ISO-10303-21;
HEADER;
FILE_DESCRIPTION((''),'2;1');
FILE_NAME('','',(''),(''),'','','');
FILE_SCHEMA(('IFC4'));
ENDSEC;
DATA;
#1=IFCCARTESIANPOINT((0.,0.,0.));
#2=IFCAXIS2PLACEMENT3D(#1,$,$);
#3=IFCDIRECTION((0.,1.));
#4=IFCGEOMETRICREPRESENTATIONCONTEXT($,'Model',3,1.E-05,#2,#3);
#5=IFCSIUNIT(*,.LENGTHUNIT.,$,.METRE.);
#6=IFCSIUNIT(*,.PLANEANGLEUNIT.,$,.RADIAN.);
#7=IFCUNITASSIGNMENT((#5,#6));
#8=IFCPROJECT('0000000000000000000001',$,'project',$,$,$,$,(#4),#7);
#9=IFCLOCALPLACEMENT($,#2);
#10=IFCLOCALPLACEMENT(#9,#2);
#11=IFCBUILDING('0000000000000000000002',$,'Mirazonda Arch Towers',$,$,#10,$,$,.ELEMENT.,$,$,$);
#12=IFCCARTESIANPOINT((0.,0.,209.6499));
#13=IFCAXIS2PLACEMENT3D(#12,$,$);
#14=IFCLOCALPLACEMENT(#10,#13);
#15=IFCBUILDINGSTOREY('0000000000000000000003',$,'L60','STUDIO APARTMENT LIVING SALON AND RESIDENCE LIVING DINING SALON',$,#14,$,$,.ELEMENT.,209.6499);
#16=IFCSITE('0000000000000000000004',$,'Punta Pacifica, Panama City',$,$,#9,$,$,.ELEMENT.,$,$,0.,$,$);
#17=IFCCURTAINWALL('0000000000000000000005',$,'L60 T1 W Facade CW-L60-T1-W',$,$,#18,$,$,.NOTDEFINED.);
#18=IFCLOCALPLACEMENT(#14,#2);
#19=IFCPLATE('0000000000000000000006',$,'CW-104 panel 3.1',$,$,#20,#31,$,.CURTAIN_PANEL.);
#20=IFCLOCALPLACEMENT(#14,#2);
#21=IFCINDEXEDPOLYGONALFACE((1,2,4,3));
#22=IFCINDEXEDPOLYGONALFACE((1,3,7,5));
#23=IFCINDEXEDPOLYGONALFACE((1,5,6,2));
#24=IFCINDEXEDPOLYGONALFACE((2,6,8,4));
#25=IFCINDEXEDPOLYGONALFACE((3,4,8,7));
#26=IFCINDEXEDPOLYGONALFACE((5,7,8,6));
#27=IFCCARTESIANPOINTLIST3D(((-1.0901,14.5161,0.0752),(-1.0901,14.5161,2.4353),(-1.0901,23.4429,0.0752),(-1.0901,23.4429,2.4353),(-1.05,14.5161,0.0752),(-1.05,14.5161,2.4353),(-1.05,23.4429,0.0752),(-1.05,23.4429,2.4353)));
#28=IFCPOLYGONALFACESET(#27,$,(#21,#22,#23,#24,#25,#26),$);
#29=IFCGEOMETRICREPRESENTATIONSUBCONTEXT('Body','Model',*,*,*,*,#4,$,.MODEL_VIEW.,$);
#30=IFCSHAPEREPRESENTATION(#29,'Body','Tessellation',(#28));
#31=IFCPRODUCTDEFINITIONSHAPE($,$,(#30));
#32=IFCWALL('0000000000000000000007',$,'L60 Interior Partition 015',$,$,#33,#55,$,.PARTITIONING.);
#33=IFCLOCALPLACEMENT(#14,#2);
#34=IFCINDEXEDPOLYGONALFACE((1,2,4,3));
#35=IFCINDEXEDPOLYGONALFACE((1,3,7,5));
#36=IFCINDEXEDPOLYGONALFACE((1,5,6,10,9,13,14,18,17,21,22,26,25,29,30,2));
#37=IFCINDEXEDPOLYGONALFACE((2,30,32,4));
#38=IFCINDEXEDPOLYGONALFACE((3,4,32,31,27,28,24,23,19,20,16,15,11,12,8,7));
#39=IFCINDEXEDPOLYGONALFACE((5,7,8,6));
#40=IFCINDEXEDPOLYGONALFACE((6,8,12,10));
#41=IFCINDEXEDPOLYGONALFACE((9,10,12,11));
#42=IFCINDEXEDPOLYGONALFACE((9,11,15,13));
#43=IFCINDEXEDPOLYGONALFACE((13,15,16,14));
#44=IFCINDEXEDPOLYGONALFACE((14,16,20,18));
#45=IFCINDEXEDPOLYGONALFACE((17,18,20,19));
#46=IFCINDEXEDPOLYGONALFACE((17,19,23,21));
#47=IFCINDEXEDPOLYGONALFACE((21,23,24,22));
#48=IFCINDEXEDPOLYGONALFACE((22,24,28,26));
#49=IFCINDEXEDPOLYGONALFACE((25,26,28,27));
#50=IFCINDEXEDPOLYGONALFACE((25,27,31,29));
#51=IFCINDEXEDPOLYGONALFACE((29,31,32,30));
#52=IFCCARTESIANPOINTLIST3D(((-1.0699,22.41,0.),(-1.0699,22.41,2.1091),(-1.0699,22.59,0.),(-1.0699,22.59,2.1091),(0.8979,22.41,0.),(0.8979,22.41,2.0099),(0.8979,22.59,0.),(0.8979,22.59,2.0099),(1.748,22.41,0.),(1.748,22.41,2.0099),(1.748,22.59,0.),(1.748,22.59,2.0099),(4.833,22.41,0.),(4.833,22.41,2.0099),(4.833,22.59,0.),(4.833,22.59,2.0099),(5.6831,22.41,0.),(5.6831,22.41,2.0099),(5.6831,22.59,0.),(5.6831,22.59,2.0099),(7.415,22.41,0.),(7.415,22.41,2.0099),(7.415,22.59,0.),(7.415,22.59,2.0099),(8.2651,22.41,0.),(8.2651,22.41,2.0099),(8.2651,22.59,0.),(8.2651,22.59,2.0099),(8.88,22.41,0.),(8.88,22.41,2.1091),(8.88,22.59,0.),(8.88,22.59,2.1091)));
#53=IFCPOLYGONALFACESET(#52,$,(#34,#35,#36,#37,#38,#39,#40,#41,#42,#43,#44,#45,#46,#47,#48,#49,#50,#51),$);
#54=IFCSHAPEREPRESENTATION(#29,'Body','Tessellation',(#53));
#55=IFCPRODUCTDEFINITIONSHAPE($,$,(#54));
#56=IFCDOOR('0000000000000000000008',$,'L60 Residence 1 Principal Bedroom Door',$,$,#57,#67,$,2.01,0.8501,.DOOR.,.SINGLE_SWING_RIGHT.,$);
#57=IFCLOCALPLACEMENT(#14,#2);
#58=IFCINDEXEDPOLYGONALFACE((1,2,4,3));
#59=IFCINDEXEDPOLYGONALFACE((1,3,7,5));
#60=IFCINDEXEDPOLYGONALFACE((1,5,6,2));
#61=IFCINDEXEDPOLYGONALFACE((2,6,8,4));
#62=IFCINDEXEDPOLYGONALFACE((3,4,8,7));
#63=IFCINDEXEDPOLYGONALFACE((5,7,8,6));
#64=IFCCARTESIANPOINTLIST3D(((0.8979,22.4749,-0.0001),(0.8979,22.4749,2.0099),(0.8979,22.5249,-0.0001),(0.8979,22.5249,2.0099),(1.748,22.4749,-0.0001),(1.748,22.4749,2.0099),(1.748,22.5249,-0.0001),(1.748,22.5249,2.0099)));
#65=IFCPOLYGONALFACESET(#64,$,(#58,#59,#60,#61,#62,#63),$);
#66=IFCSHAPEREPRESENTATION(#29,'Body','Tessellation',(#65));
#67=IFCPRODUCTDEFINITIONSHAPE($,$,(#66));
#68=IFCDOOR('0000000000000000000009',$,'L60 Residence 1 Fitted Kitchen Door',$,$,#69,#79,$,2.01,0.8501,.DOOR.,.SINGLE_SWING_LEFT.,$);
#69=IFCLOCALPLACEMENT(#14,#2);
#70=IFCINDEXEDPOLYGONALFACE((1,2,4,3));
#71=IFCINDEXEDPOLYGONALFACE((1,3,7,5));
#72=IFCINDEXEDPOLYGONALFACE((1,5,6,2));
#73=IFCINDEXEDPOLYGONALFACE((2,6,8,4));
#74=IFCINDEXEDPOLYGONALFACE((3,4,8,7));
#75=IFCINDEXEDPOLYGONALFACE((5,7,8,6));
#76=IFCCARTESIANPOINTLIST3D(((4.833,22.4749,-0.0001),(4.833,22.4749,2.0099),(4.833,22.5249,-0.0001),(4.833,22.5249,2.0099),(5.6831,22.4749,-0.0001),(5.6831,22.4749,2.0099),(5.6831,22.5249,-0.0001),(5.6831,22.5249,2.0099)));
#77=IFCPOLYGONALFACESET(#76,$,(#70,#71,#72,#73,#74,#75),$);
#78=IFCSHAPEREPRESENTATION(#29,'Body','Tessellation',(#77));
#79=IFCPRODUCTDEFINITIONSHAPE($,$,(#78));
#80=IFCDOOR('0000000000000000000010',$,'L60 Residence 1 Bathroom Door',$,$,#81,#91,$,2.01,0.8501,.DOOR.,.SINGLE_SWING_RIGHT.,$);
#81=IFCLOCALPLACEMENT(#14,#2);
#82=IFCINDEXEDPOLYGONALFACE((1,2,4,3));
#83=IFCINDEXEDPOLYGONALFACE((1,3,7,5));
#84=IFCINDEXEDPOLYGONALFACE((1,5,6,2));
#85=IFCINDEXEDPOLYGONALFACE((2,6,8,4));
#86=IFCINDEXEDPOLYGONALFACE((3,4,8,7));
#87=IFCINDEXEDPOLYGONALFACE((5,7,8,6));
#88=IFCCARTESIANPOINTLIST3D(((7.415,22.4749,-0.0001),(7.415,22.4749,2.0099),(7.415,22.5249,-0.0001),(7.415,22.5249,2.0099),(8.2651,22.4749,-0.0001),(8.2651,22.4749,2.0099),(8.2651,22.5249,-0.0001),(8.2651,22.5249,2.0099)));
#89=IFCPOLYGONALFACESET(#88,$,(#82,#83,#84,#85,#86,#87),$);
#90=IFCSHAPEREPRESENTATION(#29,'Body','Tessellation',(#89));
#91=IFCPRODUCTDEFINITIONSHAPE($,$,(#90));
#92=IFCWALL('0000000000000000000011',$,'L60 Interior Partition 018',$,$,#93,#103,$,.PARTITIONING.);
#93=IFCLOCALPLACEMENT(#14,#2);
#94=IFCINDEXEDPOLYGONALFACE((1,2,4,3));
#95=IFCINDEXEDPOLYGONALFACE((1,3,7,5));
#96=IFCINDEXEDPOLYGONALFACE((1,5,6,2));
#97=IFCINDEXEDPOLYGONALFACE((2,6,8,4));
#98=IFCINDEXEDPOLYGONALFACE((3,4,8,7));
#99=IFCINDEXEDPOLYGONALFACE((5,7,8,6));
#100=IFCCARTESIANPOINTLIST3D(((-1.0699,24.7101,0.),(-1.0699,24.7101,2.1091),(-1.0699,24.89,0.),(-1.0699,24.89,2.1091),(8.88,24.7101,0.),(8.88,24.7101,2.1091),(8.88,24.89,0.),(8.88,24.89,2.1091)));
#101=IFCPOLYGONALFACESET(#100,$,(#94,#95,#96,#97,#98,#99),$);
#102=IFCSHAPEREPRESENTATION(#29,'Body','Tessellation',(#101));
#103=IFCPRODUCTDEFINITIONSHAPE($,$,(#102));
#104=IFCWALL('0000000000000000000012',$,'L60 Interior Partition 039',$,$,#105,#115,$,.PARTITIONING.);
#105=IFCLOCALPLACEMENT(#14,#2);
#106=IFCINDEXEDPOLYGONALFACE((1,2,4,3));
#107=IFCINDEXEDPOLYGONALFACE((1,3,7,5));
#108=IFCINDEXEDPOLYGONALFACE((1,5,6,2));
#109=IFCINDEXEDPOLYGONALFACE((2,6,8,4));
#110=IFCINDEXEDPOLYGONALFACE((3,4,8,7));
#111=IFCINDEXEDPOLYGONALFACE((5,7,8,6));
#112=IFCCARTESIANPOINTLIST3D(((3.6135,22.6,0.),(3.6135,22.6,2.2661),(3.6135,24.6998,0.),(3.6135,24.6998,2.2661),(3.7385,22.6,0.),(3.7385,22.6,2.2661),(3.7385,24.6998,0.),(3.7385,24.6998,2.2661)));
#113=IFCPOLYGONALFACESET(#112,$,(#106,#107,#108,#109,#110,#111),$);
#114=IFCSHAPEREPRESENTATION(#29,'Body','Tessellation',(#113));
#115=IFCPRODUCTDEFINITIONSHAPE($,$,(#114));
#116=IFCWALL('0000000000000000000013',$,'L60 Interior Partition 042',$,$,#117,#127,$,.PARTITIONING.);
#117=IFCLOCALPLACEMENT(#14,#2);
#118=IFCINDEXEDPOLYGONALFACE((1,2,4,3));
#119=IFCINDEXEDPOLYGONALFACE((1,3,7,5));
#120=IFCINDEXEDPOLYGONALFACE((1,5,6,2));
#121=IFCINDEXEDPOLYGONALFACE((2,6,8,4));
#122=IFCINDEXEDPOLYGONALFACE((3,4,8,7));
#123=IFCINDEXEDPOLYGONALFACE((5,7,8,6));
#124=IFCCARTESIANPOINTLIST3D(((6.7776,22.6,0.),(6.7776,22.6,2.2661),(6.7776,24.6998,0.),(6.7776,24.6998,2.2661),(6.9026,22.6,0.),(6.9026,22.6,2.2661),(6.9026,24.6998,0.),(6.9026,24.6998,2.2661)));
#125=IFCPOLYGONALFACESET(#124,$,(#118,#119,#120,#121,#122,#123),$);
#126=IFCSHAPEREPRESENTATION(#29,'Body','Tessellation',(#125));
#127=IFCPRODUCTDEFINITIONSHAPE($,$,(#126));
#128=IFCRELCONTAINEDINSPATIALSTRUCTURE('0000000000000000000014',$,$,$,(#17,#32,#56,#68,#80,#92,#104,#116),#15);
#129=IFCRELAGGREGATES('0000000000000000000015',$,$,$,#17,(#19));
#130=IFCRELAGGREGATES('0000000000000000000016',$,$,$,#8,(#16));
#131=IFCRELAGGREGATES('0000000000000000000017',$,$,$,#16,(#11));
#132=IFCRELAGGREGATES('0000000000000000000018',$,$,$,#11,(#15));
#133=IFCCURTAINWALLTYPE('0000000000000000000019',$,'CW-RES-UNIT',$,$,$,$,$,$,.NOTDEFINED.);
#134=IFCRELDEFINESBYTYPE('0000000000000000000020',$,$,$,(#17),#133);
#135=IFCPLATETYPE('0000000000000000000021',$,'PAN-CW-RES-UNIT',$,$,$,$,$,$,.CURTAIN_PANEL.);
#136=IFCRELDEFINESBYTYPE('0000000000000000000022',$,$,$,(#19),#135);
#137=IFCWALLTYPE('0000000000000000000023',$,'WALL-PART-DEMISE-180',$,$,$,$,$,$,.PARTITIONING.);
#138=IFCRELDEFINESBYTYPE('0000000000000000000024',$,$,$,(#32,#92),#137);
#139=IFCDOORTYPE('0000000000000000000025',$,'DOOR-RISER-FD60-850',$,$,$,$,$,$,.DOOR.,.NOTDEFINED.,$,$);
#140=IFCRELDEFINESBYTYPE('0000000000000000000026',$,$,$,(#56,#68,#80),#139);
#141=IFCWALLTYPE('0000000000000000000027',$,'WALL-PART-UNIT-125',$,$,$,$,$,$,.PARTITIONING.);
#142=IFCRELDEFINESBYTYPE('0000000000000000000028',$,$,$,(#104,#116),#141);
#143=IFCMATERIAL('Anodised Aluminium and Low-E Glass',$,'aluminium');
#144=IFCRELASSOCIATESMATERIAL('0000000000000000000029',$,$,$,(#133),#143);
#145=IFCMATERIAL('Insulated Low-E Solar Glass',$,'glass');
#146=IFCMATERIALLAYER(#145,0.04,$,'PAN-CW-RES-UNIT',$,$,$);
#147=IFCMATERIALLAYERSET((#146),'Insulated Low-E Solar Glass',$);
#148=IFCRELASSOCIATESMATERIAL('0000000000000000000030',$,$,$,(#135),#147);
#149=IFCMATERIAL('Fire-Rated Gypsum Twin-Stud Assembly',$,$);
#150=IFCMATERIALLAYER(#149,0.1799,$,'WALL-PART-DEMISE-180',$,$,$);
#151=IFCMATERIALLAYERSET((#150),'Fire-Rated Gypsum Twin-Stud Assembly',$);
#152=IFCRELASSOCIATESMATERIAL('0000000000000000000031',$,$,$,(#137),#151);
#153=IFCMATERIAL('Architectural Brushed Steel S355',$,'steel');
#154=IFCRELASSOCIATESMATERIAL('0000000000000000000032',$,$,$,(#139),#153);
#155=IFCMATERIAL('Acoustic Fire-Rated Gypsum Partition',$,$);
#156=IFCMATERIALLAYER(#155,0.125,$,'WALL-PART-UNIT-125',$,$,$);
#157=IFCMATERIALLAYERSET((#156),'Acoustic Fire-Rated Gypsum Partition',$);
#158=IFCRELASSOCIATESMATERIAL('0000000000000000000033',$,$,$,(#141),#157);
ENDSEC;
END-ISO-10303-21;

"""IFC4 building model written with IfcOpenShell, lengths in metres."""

from ifc_helpers import new_model, si_unit, direction, frame, frame_2d, origin, origin_2d, place, context, subcontext, project, spatial, rectangle, extrude, material, layer, layer_set, type_object, element, fill, aggregate, save


model = new_model("IFC4")

# Units and contexts
model_context = context("Model", 3, precision=1e-05, world=origin(), true_north=direction((0.0, 1.0)))
body_context = subcontext(model_context, "Body", "Model", "MODEL_VIEW")
ifc_project = project(units=[si_unit("LENGTHUNIT", "METRE"), si_unit("PLANEANGLEUNIT", "RADIAN")], contexts=[model_context])

# Site, building, storey
site_placement = place(None, origin())
site = spatial("IfcSite", under=ifc_project, at=site_placement, Name="Punta Pacifica, Panama City", CompositionType="ELEMENT", RefElevation=0.0)
building_placement = place(site_placement, origin())
building = spatial("IfcBuilding", under=site, at=building_placement, Name="Mirazonda Arch Towers", CompositionType="ELEMENT")
storey_placement = place(building_placement, frame((0.0, 0.0, 209.6499)))
storey = spatial("IfcBuildingStorey", under=building, at=storey_placement, Name="L60", Description="STUDIO APARTMENT LIVING SALON AND RESIDENCE LIVING DINING SALON", CompositionType="ELEMENT", Elevation=209.6499)

# Curtain wall, plate
ifc_material_1 = material(Name="Anodised Aluminium and Low-E Glass", Category="aluminium")
curtain_wall_type = type_object("IfcCurtainWallType", Name="CW-RES-UNIT", PredefinedType="NOTDEFINED", material=ifc_material_1)
curtain_wall_placement = place(storey_placement, origin())
curtain_wall = element("IfcCurtainWall", 1, at=curtain_wall_placement, inside=storey, type_object=curtain_wall_type, Name="L60 T1 W Facade CW-L60-T1-W", PredefinedType="NOTDEFINED")
ifc_material_2 = material(Name="Insulated Low-E Solar Glass", Category="glass")
ifc_layer_1 = layer(ifc_material_2, 0.04, Name="PAN-CW-RES-UNIT")
ifc_layer_set_1 = layer_set([ifc_layer_1], Name="Insulated Low-E Solar Glass")
plate_type = type_object("IfcPlateType", Name="PAN-CW-RES-UNIT", PredefinedType="CURTAIN_PANEL", material=ifc_layer_set_1)
plate_placement = place(storey_placement, frame((-1.0701, 18.9795, 0.0752), z_axis=(0.0, 0.0, 1.0), x_axis=(0.0, -1.0, 0.0)))
plate = element("IfcPlate", 2, at=plate_placement, type_object=plate_type, Name="CW-104 panel 3.1", PredefinedType="CURTAIN_PANEL", context=body_context, shape_type="SweptSolid", body=[
    extrude(rectangle(XDim=8.9268, YDim=0.04, at=origin_2d()), origin(), (0.0, 0.0, 1.0), 2.3601),
])
aggregate(curtain_wall, [plate])

# Wall, openings, doors
ifc_material_3 = material(Name="Fire-Rated Gypsum Twin-Stud Assembly")
ifc_layer_2 = layer(ifc_material_3, 0.1799, Name="WALL-PART-DEMISE-180")
ifc_layer_set_2 = layer_set([ifc_layer_2], Name="Fire-Rated Gypsum Twin-Stud Assembly")
wall_type_1 = type_object("IfcWallType", Name="WALL-PART-DEMISE-180", PredefinedType="PARTITIONING", material=ifc_layer_set_2)
wall_1_placement = place(storey_placement, frame((-1.0701, 22.5, 0.0), z_axis=(0.0, 0.0, 1.0), x_axis=(1.0, 0.0, 0.0)))
wall_1 = element("IfcWall", 3, at=wall_1_placement, inside=storey, type_object=wall_type_1, Name="L60 Interior Partition 015", PredefinedType="PARTITIONING", context=body_context, shape_type="SweptSolid", body=[
    extrude(rectangle(XDim=9.95, YDim=0.1799, at=frame_2d((4.9751, 0.0))), origin(), (0.0, 0.0, 1.0), 2.1091),
])
opening_1_placement = place(wall_1_placement, frame((1.968, 0.0, 0.0)))
opening_1 = element("IfcOpeningElement", 4, at=opening_1_placement, cuts=wall_1, PredefinedType="OPENING", context=body_context, shape_type="SweptSolid", body=[
    extrude(rectangle(XDim=0.8501, YDim=2.01, at=frame_2d((0.425, 1.0049))), frame((0.0, 0.0999, 0.0), z_axis=(0.0, -1.0, 0.0), x_axis=(1.0, 0.0, 0.0)), (0.0, 0.0, 1.0), 0.2),
])
opening_2_placement = place(wall_1_placement, frame((5.9031, 0.0, 0.0)))
opening_2 = element("IfcOpeningElement", 5, at=opening_2_placement, cuts=wall_1, PredefinedType="OPENING", context=body_context, shape_type="SweptSolid", body=[
    extrude(rectangle(XDim=0.8501, YDim=2.01, at=frame_2d((0.425, 1.0049))), frame((0.0, 0.0999, 0.0), z_axis=(0.0, -1.0, 0.0), x_axis=(1.0, 0.0, 0.0)), (0.0, 0.0, 1.0), 0.2),
])
opening_3_placement = place(wall_1_placement, frame((8.4851, 0.0, 0.0)))
opening_3 = element("IfcOpeningElement", 6, at=opening_3_placement, cuts=wall_1, PredefinedType="OPENING", context=body_context, shape_type="SweptSolid", body=[
    extrude(rectangle(XDim=0.8501, YDim=2.01, at=frame_2d((0.425, 1.0049))), frame((0.0, 0.0999, 0.0), z_axis=(0.0, -1.0, 0.0), x_axis=(1.0, 0.0, 0.0)), (0.0, 0.0, 1.0), 0.2),
])
ifc_material_4 = material(Name="Architectural Brushed Steel S355", Category="steel")
door_type = type_object("IfcDoorType", Name="DOOR-RISER-FD60-850", OperationType="NOTDEFINED", PredefinedType="DOOR", material=ifc_material_4)
door_1_placement = place(opening_1_placement, origin())
door_1 = element("IfcDoor", 7, at=door_1_placement, inside=storey, type_object=door_type, Name="L60 Residence 1 Principal Bedroom Door", OperationType="SINGLE_SWING_RIGHT", OverallHeight=2.01, OverallWidth=0.8501, PredefinedType="DOOR", context=body_context, shape_type="SweptSolid", body=[
    extrude(rectangle(XDim=0.8501, YDim=2.01, at=frame_2d((0.425, 1.0049))), frame((0.0, 0.0249, 0.0), z_axis=(0.0, -1.0, 0.0), x_axis=(1.0, 0.0, 0.0)), (0.0, 0.0, 1.0), 0.05),
])
fill(opening_1, door_1)
door_2_placement = place(opening_2_placement, origin())
door_2 = element("IfcDoor", 8, at=door_2_placement, inside=storey, type_object=door_type, Name="L60 Residence 1 Fitted Kitchen Door", OperationType="SINGLE_SWING_LEFT", OverallHeight=2.01, OverallWidth=0.8501, PredefinedType="DOOR", context=body_context, shape_type="SweptSolid", body=[
    extrude(rectangle(XDim=0.8501, YDim=2.01, at=frame_2d((0.425, 1.0049))), frame((0.0, 0.0249, 0.0), z_axis=(0.0, -1.0, 0.0), x_axis=(1.0, 0.0, 0.0)), (0.0, 0.0, 1.0), 0.05),
])
fill(opening_2, door_2)
door_3_placement = place(opening_3_placement, origin())
door_3 = element("IfcDoor", 9, at=door_3_placement, inside=storey, type_object=door_type, Name="L60 Residence 1 Bathroom Door", OperationType="SINGLE_SWING_RIGHT", OverallHeight=2.01, OverallWidth=0.8501, PredefinedType="DOOR", context=body_context, shape_type="SweptSolid", body=[
    extrude(rectangle(XDim=0.8501, YDim=2.01, at=frame_2d((0.425, 1.0049))), frame((0.0, 0.0249, 0.0), z_axis=(0.0, -1.0, 0.0), x_axis=(1.0, 0.0, 0.0)), (0.0, 0.0, 1.0), 0.05),
])
fill(opening_3, door_3)

# Walls
wall_2_placement = place(storey_placement, frame((-1.0701, 24.8, 0.0), z_axis=(0.0, 0.0, 1.0), x_axis=(1.0, 0.0, 0.0)))
element("IfcWall", 10, at=wall_2_placement, inside=storey, type_object=wall_type_1, Name="L60 Interior Partition 018", PredefinedType="PARTITIONING", context=body_context, shape_type="SweptSolid", body=[
    extrude(rectangle(XDim=9.95, YDim=0.1799, at=frame_2d((4.9751, 0.0))), origin(), (0.0, 0.0, 1.0), 2.1091),
])
ifc_material_5 = material(Name="Acoustic Fire-Rated Gypsum Partition")
ifc_layer_3 = layer(ifc_material_5, 0.125, Name="WALL-PART-UNIT-125")
ifc_layer_set_3 = layer_set([ifc_layer_3], Name="Acoustic Fire-Rated Gypsum Partition")
wall_type_2 = type_object("IfcWallType", Name="WALL-PART-UNIT-125", PredefinedType="PARTITIONING", material=ifc_layer_set_3)
for number, where, z_axis, x_axis, name in (
    (11, (3.676, 22.6001, 0.0), (0.0, 0.0, 1.0), (0.0, 1.0, 0.0), "L60 Interior Partition 039"),
    (12, (6.8401, 22.6001, 0.0), (0.0, 0.0, 1.0), (0.0, 1.0, 0.0), "L60 Interior Partition 042"),
):
    element("IfcWall", number, at=place(storey_placement, frame(where, z_axis=z_axis, x_axis=x_axis)), inside=storey, type_object=wall_type_2, Name=name, PredefinedType="PARTITIONING", context=body_context, shape_type="SweptSolid", body=[
        extrude(rectangle(XDim=2.0999, YDim=0.125, at=frame_2d((1.0498, 0.0))), origin(), (0.0, 0.0, 1.0), 2.2661),
    ])

save(model, "model.ifc")
